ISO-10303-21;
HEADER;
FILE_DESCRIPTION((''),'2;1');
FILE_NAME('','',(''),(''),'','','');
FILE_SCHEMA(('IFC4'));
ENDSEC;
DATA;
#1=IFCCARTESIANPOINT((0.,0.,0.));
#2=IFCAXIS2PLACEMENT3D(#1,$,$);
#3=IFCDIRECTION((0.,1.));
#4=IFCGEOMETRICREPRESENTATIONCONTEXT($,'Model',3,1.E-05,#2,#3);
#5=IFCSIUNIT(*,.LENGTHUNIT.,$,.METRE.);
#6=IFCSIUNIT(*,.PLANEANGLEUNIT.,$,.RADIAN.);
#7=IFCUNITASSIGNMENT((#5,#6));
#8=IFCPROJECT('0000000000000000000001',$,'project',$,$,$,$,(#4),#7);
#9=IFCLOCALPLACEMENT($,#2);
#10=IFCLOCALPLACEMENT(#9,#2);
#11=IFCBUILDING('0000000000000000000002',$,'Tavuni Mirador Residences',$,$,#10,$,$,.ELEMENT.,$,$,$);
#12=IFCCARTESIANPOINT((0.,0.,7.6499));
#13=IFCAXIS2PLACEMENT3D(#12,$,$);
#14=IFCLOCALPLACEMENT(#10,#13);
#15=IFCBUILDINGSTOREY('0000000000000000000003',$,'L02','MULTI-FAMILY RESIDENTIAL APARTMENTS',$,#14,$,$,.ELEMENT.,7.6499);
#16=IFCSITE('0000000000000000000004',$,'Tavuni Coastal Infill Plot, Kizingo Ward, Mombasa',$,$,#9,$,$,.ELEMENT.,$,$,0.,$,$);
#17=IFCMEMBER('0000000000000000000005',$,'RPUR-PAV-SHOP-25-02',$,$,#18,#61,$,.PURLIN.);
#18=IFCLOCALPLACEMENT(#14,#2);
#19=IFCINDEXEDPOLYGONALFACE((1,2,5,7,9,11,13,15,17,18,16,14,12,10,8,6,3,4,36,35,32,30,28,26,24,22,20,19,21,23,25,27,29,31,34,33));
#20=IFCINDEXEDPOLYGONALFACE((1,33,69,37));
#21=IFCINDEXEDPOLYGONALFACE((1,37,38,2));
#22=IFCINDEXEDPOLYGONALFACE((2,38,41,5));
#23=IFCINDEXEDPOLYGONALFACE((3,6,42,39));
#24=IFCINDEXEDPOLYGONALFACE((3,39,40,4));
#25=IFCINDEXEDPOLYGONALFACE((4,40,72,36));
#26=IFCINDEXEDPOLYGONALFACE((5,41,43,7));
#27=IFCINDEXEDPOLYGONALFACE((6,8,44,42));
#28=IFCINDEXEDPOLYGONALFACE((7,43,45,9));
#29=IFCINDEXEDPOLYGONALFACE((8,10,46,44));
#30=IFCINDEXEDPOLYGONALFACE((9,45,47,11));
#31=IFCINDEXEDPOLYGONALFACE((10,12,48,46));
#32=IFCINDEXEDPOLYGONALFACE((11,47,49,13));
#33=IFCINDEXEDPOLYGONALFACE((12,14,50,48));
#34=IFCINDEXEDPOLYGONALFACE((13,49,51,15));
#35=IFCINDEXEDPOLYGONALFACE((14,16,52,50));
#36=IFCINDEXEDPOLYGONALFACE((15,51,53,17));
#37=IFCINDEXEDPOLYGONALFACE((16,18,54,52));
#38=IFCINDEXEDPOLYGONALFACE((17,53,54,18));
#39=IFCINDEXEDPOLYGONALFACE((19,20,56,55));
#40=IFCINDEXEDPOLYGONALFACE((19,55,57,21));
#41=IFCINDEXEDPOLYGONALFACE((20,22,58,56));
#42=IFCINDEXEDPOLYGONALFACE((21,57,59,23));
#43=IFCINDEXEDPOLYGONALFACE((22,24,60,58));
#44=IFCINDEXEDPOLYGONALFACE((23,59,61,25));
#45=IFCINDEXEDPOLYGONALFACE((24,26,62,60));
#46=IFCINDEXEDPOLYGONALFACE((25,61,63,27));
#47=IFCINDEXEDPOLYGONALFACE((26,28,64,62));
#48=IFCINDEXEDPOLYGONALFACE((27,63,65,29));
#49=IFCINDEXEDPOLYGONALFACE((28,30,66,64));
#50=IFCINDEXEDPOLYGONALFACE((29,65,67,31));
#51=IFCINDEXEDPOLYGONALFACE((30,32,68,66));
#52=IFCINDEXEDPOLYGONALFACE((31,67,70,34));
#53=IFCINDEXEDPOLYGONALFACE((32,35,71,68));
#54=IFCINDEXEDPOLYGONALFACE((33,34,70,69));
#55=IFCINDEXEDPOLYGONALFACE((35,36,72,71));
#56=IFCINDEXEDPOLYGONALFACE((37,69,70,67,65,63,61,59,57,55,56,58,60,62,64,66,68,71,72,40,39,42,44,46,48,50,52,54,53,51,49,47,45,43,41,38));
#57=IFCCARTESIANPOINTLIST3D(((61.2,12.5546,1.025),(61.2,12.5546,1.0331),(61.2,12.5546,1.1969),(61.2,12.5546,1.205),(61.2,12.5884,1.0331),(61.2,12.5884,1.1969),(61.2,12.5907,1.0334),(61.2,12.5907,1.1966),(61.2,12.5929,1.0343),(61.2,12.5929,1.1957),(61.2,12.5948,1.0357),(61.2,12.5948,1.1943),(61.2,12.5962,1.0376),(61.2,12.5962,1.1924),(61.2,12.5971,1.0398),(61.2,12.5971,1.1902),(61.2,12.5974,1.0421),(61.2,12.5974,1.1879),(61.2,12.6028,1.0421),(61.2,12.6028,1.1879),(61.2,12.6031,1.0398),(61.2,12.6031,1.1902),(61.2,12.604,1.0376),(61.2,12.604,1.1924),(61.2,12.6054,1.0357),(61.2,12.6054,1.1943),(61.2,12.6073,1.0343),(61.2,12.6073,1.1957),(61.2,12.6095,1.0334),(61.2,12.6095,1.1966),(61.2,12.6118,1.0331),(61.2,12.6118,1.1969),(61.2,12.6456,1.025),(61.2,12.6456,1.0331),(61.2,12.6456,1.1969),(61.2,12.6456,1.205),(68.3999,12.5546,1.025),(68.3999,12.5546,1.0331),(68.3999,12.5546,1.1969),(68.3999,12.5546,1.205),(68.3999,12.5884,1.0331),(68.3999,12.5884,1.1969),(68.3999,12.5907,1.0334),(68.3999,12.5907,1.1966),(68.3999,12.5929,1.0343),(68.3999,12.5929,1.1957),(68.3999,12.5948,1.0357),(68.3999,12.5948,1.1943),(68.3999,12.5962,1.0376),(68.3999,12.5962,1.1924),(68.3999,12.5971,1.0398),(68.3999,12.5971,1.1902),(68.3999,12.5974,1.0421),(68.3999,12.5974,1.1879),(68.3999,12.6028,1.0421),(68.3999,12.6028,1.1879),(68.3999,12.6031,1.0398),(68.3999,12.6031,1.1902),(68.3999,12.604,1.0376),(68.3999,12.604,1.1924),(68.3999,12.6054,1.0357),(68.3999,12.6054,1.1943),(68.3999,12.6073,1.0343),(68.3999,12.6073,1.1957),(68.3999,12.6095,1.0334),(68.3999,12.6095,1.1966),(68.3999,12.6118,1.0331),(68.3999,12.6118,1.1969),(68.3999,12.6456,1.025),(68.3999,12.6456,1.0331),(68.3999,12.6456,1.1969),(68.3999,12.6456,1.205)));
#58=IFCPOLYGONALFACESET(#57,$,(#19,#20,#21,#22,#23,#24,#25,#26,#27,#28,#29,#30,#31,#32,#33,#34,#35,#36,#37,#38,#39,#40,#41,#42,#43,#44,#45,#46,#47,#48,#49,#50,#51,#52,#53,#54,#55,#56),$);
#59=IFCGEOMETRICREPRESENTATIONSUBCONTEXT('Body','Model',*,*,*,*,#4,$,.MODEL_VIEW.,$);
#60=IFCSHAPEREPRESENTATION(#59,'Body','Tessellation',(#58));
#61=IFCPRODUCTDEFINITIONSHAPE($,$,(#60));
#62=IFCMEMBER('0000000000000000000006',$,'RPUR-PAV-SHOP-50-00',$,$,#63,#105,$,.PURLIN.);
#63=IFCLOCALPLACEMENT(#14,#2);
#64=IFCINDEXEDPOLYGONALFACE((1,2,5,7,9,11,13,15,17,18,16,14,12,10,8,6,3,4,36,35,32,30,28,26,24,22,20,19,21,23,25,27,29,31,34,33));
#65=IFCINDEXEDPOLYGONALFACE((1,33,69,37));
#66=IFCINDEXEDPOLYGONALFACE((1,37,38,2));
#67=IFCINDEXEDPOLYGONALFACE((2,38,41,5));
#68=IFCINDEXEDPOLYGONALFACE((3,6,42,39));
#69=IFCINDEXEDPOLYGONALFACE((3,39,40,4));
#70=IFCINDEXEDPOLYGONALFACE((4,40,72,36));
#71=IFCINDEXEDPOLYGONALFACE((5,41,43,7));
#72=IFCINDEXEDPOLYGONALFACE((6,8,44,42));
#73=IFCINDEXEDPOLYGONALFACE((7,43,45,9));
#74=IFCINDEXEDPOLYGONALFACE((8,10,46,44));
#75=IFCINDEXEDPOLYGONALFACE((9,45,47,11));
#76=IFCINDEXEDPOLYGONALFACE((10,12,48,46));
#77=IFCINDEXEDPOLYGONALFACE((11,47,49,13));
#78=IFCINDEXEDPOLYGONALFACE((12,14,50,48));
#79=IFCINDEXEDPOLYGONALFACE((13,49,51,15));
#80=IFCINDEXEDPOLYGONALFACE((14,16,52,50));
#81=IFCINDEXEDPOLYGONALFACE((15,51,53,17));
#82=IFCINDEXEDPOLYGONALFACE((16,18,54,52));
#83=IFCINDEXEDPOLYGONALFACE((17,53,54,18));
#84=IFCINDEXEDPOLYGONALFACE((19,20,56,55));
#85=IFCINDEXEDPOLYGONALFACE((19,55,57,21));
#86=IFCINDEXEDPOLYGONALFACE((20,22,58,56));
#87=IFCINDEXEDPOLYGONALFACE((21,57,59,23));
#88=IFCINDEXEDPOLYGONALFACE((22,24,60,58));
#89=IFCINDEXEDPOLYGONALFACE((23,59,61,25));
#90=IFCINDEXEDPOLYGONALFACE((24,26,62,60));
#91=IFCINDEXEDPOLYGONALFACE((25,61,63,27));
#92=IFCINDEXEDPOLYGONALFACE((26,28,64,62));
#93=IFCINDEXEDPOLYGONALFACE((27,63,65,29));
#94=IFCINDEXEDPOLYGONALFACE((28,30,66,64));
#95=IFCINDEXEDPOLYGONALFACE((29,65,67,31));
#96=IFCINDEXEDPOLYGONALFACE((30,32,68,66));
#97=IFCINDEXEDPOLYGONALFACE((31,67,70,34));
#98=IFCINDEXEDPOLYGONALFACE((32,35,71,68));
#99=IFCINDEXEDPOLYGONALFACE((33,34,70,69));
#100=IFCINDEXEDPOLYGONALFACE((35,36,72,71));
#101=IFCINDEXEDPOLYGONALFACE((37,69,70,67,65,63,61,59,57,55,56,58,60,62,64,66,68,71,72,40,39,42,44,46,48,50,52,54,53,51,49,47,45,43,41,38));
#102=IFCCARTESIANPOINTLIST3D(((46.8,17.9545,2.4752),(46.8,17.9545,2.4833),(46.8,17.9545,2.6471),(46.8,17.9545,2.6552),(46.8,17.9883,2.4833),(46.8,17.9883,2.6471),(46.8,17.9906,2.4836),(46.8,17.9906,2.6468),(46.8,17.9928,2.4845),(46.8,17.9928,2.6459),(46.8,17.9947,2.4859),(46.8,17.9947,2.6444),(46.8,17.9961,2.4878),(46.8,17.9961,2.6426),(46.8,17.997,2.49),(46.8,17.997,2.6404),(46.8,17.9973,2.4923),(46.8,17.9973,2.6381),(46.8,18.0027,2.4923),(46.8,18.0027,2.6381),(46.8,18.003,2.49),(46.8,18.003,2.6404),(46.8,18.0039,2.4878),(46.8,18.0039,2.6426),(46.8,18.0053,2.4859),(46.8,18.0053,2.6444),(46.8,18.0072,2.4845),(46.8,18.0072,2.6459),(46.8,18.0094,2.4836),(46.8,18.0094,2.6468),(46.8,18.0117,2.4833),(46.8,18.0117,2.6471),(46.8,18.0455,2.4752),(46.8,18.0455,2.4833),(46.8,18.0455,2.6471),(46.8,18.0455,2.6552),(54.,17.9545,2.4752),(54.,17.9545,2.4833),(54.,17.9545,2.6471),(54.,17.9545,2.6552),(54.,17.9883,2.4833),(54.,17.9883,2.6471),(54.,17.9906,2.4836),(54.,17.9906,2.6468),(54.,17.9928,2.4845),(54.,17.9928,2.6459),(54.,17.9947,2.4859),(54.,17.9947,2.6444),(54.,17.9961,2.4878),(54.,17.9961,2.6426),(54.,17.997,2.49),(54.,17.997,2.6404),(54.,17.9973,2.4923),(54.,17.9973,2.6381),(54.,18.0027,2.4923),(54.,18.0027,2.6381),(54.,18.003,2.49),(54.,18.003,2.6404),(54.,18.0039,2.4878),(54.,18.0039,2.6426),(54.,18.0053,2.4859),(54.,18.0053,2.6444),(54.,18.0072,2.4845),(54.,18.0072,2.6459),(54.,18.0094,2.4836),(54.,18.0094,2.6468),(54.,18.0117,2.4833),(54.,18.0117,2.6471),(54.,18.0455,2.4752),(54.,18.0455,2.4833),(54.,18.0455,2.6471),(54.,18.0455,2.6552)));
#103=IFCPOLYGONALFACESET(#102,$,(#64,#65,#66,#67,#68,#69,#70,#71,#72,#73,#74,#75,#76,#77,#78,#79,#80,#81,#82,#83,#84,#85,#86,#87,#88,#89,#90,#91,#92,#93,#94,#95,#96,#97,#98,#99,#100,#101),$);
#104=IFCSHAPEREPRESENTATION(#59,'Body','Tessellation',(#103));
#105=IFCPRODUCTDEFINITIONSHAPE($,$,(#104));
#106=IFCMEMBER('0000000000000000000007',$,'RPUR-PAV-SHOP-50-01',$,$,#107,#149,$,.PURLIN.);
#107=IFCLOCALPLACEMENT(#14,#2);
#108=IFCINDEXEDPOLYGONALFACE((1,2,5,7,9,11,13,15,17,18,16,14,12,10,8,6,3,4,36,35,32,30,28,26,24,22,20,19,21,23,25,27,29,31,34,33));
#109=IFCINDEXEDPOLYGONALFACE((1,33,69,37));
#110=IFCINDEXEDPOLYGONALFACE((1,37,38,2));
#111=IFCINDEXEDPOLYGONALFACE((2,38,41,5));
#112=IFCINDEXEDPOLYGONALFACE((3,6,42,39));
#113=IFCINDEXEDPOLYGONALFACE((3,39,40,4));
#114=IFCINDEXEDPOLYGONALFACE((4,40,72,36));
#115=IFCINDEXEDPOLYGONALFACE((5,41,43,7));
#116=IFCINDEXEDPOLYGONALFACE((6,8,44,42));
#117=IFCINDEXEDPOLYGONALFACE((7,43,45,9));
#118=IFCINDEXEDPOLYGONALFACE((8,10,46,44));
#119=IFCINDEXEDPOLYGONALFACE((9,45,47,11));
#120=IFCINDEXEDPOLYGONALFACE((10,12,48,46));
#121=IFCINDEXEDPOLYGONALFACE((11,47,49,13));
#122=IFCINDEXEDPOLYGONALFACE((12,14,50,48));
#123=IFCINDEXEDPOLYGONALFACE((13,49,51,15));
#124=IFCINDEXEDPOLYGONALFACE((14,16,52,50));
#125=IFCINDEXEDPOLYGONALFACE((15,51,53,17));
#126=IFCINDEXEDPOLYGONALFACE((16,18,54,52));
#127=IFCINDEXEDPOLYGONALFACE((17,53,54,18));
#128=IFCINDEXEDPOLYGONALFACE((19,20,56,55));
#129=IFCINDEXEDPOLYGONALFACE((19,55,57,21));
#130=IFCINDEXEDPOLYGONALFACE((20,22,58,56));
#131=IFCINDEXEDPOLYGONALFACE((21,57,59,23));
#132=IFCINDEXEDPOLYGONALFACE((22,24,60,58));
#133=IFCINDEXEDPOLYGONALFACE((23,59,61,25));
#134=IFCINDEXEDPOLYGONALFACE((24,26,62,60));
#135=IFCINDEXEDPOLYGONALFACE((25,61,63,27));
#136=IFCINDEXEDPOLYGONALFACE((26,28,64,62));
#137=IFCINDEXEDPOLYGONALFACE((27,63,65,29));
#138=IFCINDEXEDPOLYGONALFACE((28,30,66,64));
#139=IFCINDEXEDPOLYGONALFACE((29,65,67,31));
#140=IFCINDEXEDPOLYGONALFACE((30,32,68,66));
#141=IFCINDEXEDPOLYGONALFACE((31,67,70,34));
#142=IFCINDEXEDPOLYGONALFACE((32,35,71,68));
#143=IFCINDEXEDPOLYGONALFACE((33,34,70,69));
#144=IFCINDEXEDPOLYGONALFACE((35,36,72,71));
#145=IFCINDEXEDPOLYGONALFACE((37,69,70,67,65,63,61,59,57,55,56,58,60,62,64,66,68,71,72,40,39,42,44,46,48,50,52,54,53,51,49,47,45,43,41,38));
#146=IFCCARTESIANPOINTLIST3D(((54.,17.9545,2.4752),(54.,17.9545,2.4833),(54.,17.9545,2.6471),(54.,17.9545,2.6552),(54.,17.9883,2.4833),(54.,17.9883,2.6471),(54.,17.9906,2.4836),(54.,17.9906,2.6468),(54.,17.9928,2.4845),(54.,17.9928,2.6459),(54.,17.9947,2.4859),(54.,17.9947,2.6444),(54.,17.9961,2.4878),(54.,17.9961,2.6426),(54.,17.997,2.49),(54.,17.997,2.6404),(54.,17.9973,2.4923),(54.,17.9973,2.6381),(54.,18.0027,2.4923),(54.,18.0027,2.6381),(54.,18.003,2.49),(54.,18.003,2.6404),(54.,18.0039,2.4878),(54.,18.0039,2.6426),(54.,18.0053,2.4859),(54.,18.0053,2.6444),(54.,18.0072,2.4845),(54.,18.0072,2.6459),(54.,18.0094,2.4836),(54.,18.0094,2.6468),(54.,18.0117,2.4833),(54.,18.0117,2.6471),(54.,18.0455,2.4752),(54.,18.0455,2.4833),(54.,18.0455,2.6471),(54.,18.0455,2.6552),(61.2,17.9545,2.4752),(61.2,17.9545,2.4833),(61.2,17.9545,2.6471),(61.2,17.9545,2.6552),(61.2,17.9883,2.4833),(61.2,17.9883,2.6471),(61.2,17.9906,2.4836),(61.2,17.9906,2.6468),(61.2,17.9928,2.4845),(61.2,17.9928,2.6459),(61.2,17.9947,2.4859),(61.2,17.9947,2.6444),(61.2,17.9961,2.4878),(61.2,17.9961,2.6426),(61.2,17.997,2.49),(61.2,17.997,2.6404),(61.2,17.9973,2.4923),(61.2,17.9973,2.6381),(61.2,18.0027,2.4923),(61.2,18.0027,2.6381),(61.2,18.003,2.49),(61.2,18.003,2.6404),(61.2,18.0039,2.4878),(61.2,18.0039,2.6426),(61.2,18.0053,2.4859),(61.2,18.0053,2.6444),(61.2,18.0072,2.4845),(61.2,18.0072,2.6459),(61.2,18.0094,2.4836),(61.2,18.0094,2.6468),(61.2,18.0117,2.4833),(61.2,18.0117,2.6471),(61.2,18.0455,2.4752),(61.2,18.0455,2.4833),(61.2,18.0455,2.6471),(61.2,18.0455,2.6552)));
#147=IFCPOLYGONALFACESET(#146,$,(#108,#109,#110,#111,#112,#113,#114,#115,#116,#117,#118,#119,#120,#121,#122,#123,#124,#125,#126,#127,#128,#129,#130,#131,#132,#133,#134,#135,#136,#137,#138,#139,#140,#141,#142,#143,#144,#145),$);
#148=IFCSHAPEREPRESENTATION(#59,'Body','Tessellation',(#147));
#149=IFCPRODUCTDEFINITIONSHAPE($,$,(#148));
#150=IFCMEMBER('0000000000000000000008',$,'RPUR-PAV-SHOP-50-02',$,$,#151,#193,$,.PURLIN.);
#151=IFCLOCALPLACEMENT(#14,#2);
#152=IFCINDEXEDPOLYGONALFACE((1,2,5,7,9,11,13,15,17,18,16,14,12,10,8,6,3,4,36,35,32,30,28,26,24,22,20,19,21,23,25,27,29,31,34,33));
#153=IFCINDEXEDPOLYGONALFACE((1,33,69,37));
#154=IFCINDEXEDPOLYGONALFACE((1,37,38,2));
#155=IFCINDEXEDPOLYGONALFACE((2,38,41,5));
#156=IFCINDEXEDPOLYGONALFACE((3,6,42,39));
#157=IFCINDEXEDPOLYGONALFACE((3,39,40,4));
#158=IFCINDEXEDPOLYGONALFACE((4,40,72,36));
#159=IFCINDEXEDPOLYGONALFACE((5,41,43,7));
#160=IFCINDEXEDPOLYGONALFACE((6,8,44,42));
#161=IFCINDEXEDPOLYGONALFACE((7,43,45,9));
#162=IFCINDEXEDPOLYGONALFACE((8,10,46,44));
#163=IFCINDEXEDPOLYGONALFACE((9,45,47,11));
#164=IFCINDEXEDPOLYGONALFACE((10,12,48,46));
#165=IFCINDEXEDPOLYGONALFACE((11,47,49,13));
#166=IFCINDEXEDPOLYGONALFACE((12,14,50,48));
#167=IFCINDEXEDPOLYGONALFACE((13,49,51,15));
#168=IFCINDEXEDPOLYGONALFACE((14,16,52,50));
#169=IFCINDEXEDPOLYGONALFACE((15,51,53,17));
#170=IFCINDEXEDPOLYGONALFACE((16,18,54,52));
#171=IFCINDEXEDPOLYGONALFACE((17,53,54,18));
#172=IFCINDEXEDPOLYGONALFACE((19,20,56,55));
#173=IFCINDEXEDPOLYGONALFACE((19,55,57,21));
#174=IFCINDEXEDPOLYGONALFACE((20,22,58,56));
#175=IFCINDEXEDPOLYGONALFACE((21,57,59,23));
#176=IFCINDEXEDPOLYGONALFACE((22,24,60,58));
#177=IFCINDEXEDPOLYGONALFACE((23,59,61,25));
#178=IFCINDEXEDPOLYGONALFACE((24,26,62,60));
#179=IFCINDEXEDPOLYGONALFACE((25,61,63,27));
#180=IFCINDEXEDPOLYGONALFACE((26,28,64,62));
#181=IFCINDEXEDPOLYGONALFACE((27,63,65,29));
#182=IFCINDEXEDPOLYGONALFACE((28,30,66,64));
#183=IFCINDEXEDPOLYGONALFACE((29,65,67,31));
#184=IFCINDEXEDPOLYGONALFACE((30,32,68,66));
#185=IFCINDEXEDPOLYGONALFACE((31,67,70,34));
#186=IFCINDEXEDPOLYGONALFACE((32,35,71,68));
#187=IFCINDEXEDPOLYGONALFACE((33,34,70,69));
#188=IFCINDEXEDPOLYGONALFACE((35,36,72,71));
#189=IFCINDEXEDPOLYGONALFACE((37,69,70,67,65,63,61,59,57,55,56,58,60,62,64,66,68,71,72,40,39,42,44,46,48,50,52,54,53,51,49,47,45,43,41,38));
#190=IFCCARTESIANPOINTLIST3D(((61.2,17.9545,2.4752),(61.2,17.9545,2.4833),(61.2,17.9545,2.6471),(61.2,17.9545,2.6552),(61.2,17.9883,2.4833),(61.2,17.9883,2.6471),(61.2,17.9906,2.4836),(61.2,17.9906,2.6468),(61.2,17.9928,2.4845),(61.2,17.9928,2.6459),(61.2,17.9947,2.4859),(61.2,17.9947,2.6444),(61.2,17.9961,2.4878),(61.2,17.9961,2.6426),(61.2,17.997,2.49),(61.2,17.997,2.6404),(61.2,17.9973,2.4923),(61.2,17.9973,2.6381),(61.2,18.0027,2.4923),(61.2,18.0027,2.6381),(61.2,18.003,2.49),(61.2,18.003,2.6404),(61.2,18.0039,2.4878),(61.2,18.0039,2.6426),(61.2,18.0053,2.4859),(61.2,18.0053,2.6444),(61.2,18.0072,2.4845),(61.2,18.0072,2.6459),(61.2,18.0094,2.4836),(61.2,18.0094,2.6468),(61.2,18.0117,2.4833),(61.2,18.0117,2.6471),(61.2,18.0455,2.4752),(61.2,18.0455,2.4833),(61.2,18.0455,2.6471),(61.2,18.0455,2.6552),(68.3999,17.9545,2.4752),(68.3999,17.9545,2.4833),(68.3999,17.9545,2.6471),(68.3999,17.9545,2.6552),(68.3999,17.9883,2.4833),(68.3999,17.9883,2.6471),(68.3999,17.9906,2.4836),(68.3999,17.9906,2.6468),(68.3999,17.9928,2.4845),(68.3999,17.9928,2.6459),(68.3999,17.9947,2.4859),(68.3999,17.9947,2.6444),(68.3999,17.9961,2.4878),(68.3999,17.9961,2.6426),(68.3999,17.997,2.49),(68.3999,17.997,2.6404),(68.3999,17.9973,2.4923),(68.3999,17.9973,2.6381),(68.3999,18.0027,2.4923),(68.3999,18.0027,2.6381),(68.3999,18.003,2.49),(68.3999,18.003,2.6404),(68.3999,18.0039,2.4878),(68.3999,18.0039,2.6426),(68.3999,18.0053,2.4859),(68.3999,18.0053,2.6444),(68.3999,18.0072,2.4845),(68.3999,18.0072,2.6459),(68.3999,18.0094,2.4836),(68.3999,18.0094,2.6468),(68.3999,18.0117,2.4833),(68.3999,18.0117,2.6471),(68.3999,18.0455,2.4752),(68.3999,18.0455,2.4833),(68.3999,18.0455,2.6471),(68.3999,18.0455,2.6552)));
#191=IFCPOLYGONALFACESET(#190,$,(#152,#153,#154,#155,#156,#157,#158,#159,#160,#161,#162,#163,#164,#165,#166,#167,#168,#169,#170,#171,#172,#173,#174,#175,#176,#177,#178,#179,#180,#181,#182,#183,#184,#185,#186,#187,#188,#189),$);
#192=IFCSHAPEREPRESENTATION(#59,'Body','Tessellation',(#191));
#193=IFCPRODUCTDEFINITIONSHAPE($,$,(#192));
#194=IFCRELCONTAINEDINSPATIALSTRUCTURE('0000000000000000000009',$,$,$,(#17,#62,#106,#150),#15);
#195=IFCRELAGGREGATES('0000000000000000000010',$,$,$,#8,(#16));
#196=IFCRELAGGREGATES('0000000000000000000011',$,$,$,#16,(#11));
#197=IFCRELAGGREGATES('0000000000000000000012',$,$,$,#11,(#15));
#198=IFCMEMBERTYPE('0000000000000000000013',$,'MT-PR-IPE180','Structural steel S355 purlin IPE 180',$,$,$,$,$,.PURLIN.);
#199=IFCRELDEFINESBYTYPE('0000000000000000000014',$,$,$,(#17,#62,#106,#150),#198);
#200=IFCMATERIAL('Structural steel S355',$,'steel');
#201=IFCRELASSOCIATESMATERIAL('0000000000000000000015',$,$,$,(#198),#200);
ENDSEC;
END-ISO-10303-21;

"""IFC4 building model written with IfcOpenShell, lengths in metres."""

from ifc_helpers import new_model, si_unit, direction, frame, origin, origin_2d, place, context, subcontext, project, spatial, i_section, extrude, material, material_profile, profile_set, type_object, element, save


model = new_model("IFC4")

# Units and contexts
model_context = context("Model", 3, precision=1e-05, world=origin(), true_north=direction((0.0, 1.0)))
body_context = subcontext(model_context, "Body", "Model", "MODEL_VIEW")
ifc_project = project(units=[si_unit("LENGTHUNIT", "METRE"), si_unit("PLANEANGLEUNIT", "RADIAN")], contexts=[model_context])

# Site, building, storey
site_placement = place(None, origin())
site = spatial("IfcSite", under=ifc_project, at=site_placement, Name="Tavuni Coastal Infill Plot, Kizingo Ward, Mombasa", CompositionType="ELEMENT", RefElevation=0.0)
building_placement = place(site_placement, origin())
building = spatial("IfcBuilding", under=site, at=building_placement, Name="Tavuni Mirador Residences", CompositionType="ELEMENT")
storey_placement = place(building_placement, frame((0.0, 0.0, 7.6499)))
storey = spatial("IfcBuildingStorey", under=building, at=storey_placement, Name="L02", Description="MULTI-FAMILY RESIDENTIAL APARTMENTS", CompositionType="ELEMENT", Elevation=7.6499)

# Members
ifc_material_1 = material(Name="Structural steel S355", Category="steel")
ifc_material_profile_1 = material_profile(ifc_material_1, i_section(OverallWidth=0.0911, OverallDepth=0.1799, WebThickness=0.0054, FlangeThickness=0.0081, FilletRadius=0.009, at=origin_2d()), Name="IPE 180", Category="steel")
ifc_profile_set_1 = profile_set([ifc_material_profile_1], Name="Structural steel S355")
member_type_1 = type_object("IfcMemberType", Name="MT-PR-IPE180", Description="Structural steel S355 purlin IPE 180", PredefinedType="PURLIN", material=ifc_profile_set_1)
for number, where, z_axis, x_axis, name in (
    (1, (61.2, 12.6001, 1.115), (1.0, 0.0, 0.0), (0.0, 1.0, 0.0), "RPUR-PAV-SHOP-25-02"),
    (2, (46.8, 18.0, 2.5652), (1.0, 0.0, 0.0), (0.0, 1.0, 0.0), "RPUR-PAV-SHOP-50-00"),
    (3, (54.0, 18.0, 2.5652), (1.0, 0.0, 0.0), (0.0, 1.0, 0.0), "RPUR-PAV-SHOP-50-01"),
    (4, (61.2, 18.0, 2.5652), (1.0, 0.0, 0.0), (0.0, 1.0, 0.0), "RPUR-PAV-SHOP-50-02"),
):
    element("IfcMember", number, at=place(storey_placement, frame(where, z_axis=z_axis, x_axis=x_axis)), inside=storey, type_object=member_type_1, Name=name, PredefinedType="PURLIN", context=body_context, shape_type="SweptSolid", body=[
        extrude(i_section(OverallWidth=0.0911, OverallDepth=0.1799, WebThickness=0.0054, FlangeThickness=0.0081, FilletRadius=0.009, at=origin_2d()), origin(), (0.0, 0.0, 1.0), 7.2),
    ])

save(model, "model.ifc")
